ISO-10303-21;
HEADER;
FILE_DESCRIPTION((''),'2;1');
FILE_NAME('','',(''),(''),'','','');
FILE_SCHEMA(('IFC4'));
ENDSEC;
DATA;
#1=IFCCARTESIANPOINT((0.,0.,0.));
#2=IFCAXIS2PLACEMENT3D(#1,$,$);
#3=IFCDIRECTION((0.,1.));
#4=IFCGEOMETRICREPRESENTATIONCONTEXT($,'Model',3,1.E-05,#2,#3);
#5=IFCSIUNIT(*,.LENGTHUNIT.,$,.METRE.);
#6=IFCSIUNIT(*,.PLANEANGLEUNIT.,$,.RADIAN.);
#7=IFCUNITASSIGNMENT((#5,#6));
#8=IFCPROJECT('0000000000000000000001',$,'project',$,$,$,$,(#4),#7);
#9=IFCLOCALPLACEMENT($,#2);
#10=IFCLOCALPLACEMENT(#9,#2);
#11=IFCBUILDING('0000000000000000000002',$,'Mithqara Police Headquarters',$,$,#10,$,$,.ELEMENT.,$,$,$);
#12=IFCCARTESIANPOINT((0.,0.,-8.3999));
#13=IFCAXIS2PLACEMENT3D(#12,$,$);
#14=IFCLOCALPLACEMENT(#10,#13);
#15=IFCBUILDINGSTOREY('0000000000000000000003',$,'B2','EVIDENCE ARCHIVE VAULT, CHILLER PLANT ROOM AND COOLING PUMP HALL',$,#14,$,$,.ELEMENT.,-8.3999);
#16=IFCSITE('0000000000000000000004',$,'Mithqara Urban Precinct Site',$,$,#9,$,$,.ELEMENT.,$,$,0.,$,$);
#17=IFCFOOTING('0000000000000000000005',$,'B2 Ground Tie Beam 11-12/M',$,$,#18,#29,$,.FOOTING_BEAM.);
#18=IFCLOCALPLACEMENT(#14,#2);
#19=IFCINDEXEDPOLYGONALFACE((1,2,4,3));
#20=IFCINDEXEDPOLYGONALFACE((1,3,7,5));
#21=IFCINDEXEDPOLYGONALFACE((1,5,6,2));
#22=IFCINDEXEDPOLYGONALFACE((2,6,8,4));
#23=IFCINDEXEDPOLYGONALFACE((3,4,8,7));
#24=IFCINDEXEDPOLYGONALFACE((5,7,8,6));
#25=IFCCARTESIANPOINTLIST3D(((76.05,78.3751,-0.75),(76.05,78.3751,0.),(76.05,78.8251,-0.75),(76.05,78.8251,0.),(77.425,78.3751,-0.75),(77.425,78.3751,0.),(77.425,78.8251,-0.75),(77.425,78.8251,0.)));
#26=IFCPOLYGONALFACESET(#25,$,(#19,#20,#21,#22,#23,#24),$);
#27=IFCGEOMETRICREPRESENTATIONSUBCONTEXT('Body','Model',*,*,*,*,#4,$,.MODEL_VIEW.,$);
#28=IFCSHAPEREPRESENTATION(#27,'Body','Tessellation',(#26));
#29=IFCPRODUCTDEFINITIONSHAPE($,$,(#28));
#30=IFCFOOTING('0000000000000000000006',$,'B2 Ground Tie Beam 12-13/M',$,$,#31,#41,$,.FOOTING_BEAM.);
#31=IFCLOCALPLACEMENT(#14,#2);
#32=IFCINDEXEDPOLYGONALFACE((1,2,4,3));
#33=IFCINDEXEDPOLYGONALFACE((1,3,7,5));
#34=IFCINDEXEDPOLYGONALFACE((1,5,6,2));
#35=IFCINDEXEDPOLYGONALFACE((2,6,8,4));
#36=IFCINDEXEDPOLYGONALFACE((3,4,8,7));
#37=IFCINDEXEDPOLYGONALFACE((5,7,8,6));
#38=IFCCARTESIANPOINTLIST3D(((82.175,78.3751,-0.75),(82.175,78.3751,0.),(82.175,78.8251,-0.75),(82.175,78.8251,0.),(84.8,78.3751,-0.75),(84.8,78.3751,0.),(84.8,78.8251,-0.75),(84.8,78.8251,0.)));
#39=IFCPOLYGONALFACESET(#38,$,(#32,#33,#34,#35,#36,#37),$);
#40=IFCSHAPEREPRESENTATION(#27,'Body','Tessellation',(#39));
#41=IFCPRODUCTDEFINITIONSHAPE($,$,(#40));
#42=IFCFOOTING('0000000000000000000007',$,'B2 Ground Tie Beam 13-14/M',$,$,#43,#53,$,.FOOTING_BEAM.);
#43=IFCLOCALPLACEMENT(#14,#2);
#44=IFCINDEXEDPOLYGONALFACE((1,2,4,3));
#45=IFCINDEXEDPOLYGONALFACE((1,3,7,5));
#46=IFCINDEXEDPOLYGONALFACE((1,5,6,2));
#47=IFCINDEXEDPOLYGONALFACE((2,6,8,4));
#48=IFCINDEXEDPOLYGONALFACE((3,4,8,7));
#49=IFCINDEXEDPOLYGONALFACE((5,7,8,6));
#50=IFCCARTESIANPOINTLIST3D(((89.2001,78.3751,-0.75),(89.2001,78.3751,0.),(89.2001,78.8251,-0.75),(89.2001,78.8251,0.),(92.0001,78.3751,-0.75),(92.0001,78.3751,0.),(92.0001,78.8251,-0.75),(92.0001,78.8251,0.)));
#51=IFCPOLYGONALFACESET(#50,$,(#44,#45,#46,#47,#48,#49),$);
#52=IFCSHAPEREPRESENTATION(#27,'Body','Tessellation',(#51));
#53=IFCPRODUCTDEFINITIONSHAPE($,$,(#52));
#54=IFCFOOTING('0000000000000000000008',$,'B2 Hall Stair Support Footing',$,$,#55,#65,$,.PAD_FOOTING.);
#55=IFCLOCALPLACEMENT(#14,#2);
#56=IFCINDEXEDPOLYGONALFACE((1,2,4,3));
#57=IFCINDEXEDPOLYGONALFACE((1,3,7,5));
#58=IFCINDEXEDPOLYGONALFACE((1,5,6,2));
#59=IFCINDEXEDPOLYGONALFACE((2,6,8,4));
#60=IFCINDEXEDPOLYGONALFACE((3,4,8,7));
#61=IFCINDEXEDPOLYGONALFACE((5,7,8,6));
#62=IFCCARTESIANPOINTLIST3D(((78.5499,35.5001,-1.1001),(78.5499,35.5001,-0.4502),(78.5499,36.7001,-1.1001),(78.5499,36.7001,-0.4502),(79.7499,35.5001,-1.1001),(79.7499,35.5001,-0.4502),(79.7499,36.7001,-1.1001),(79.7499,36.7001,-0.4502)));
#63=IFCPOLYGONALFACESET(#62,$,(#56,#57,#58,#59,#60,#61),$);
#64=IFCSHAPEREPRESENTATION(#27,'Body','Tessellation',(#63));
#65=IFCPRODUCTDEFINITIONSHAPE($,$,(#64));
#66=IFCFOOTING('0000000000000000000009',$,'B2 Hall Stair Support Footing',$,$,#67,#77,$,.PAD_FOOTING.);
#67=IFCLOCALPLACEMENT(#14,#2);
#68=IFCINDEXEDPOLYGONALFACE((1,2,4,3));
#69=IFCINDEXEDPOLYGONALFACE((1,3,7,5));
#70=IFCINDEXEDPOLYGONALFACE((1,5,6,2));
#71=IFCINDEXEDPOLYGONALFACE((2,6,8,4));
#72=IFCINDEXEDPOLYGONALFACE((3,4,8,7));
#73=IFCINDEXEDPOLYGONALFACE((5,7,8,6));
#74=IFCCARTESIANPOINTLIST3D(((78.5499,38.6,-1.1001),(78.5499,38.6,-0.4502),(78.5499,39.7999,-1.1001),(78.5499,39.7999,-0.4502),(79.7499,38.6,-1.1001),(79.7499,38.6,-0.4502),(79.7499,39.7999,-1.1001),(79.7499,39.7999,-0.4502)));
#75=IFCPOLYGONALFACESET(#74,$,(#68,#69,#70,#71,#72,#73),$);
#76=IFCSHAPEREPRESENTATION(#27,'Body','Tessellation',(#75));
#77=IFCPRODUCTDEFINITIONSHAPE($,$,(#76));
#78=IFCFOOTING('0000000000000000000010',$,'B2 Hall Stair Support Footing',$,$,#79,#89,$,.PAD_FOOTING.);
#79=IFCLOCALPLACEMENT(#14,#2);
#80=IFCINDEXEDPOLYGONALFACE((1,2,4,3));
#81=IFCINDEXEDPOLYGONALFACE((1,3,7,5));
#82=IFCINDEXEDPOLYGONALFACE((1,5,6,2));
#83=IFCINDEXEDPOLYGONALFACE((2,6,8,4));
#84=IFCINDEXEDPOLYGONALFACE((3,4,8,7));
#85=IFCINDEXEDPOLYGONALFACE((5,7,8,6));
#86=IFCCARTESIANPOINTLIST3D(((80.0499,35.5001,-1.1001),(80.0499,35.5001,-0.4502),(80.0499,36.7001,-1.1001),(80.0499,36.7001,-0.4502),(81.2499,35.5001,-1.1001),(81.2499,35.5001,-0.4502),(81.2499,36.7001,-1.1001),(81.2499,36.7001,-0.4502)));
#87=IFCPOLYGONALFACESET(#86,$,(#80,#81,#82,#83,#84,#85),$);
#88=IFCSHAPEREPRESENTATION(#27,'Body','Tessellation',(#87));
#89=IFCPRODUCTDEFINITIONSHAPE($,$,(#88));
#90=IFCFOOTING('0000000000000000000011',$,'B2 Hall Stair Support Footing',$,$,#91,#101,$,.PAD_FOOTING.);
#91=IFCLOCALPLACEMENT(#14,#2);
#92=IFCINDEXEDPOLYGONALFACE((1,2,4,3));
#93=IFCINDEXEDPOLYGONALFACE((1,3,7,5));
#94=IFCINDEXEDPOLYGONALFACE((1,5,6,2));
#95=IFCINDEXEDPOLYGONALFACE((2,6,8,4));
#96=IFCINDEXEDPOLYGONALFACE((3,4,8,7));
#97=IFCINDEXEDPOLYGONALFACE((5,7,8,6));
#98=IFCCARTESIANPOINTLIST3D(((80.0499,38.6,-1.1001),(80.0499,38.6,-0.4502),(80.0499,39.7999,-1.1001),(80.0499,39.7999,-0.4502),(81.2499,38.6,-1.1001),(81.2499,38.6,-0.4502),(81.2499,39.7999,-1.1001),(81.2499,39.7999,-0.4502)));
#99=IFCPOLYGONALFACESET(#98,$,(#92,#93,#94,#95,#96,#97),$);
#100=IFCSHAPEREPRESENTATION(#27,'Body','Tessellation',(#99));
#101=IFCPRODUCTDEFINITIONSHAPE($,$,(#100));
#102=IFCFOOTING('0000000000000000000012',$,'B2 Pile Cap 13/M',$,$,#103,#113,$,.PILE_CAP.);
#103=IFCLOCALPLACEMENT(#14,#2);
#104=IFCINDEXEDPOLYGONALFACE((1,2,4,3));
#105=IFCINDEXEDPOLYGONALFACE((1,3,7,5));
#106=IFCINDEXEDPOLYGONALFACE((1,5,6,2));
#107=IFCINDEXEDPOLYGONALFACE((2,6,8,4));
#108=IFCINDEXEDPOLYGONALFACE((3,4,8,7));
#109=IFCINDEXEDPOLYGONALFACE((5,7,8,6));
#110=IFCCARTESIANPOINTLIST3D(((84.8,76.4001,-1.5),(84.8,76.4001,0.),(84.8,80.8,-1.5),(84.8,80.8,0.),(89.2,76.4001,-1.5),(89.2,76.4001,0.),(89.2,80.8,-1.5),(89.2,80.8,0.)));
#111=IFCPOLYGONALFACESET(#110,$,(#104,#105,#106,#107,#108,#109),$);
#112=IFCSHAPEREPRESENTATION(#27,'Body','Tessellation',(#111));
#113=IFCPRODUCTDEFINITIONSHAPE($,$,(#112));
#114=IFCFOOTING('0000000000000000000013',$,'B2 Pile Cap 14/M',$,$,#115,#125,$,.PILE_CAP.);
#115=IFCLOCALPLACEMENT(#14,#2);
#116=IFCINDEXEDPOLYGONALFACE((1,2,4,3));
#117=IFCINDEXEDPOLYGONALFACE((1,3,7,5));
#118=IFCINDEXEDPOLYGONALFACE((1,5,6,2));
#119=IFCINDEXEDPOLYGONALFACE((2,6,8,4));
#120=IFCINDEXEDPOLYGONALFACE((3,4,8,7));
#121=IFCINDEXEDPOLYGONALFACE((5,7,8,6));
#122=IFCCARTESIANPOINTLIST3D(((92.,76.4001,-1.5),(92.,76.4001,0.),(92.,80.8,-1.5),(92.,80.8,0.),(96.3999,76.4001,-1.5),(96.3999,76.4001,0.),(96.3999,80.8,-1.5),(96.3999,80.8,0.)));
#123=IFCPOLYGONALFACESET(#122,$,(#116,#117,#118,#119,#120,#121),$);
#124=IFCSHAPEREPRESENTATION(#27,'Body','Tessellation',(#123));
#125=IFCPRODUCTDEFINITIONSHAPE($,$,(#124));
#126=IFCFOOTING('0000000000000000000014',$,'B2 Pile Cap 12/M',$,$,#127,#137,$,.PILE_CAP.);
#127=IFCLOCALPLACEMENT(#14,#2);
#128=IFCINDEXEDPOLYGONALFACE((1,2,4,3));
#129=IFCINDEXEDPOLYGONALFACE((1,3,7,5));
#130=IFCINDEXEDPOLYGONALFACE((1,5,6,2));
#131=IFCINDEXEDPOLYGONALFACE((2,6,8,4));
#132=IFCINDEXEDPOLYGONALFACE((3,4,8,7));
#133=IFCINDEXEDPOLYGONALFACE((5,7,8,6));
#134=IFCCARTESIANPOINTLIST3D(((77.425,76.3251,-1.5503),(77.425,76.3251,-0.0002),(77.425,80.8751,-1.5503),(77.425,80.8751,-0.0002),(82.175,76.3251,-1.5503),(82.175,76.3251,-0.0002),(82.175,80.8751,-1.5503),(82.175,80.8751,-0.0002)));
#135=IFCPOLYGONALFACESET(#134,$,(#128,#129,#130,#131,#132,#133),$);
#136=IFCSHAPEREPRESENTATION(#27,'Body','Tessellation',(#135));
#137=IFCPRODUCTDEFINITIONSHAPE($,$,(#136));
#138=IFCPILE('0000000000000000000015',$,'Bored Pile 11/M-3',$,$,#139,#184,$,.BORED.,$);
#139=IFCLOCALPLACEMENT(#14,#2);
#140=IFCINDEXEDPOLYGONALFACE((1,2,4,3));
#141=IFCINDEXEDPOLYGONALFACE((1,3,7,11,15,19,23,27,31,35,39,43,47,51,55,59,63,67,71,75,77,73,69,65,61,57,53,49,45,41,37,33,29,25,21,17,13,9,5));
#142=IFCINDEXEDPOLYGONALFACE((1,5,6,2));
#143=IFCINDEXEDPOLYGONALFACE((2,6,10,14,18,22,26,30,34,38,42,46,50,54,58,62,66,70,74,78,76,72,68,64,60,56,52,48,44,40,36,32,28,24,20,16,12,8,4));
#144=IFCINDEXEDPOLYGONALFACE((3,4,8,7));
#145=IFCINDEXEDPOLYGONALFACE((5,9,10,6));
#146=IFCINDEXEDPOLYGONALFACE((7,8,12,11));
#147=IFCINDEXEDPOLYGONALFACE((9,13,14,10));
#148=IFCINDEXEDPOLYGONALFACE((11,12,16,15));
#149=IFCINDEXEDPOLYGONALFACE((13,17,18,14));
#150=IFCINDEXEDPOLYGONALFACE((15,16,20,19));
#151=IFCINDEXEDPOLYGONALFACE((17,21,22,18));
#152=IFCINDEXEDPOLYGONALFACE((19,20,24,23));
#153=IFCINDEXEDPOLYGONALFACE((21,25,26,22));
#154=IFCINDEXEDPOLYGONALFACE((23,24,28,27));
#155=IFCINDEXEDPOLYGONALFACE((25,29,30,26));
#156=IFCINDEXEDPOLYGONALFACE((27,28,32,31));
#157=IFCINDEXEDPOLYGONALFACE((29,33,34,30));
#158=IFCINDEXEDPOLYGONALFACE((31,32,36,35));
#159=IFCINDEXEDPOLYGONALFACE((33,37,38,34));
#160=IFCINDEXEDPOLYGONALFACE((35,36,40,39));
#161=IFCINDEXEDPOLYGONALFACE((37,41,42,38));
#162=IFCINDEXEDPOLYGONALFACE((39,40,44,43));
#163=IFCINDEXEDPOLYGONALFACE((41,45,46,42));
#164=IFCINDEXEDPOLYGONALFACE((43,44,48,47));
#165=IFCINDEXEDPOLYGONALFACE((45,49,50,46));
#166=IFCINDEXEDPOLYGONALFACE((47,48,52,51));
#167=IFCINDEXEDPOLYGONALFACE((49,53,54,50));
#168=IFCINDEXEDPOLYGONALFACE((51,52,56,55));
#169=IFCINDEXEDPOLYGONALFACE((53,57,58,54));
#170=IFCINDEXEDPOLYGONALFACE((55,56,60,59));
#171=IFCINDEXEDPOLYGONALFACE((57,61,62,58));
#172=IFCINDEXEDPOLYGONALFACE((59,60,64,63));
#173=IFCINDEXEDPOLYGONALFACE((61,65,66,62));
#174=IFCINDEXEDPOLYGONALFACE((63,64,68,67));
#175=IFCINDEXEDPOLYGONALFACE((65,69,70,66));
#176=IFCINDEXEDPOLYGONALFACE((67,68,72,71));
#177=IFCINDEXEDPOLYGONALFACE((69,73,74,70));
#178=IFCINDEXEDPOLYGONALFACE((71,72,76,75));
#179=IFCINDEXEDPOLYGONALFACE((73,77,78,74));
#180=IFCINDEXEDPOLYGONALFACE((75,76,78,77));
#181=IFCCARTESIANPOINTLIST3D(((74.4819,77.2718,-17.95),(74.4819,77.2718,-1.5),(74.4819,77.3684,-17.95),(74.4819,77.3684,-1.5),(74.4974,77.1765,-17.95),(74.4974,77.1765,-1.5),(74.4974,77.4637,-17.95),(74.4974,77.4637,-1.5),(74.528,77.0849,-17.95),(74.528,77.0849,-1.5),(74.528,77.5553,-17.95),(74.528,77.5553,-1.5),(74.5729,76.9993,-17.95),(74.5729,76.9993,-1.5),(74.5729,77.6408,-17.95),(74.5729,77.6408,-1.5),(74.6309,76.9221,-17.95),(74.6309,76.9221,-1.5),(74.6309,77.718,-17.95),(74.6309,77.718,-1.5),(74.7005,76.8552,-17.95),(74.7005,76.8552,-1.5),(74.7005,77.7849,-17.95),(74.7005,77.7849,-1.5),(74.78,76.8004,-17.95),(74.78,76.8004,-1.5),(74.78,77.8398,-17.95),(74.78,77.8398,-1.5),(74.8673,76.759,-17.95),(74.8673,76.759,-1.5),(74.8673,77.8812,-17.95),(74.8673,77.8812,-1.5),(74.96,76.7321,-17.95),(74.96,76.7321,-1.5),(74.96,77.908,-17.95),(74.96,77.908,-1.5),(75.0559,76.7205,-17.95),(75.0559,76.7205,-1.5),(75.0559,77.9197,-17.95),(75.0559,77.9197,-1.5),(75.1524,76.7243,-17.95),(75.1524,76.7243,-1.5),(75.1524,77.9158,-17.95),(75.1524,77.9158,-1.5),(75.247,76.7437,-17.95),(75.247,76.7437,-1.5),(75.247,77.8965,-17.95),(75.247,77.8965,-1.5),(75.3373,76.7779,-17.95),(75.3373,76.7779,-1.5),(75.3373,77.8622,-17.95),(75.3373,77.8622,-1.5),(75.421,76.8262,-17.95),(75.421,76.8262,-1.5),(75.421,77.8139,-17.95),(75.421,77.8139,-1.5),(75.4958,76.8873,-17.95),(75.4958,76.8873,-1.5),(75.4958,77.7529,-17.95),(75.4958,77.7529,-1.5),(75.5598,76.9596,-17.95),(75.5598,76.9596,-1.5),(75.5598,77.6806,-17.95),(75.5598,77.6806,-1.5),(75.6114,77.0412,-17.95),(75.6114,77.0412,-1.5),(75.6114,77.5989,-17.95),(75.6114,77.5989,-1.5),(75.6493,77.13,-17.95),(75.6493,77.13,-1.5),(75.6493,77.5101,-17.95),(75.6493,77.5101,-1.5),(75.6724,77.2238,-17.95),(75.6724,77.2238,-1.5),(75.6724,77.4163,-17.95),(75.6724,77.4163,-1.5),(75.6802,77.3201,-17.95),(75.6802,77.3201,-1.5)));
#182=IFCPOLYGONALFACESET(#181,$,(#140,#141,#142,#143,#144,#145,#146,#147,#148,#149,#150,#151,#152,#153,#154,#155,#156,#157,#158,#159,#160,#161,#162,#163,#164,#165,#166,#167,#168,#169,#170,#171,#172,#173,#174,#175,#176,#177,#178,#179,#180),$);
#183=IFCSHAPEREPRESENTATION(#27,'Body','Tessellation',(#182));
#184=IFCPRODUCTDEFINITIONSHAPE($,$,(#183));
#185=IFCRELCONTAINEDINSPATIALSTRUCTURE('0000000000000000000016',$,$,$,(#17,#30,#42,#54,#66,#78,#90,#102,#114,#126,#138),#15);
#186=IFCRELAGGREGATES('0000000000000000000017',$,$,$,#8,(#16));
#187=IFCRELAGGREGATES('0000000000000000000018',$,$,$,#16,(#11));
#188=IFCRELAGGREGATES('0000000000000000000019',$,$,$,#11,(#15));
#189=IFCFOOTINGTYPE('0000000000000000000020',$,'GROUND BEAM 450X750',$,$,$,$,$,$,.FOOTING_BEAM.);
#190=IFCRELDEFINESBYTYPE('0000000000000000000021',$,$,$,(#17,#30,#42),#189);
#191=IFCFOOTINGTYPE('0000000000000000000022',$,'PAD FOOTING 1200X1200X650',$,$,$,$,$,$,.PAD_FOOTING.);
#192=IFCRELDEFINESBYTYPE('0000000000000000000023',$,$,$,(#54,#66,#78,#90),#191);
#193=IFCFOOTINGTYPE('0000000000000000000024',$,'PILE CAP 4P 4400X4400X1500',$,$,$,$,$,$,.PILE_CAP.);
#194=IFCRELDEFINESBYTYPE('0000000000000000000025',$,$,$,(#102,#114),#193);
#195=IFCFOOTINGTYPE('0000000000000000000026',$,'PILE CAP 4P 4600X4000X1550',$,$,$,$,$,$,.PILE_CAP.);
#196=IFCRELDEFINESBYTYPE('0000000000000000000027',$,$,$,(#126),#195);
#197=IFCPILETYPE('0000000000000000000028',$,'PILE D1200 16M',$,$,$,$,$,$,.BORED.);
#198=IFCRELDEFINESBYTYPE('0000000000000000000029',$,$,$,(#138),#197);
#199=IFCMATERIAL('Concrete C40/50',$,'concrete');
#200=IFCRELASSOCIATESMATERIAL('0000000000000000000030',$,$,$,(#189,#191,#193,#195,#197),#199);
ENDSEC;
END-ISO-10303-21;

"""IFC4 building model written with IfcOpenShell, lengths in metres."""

from ifc_helpers import new_model, si_unit, direction, frame, origin, origin_2d, place, context, subcontext, project, spatial, rectangle, circle, extrude, material, material_profile, profile_set, type_object, element, save


model = new_model("IFC4")

# Units and contexts
model_context = context("Model", 3, precision=1e-05, world=origin(), true_north=direction((0.0, 1.0)))
body_context = subcontext(model_context, "Body", "Model", "MODEL_VIEW")
ifc_project = project(units=[si_unit("LENGTHUNIT", "METRE"), si_unit("PLANEANGLEUNIT", "RADIAN")], contexts=[model_context])

# Site, building, storey
site_placement = place(None, origin())
site = spatial("IfcSite", under=ifc_project, at=site_placement, Name="Mithqara Urban Precinct Site", CompositionType="ELEMENT", RefElevation=0.0)
building_placement = place(site_placement, origin())
building = spatial("IfcBuilding", under=site, at=building_placement, Name="Mithqara Police Headquarters", CompositionType="ELEMENT")
storey_placement = place(building_placement, frame((0.0, 0.0, -8.3999)))
storey = spatial("IfcBuildingStorey", under=building, at=storey_placement, Name="B2", Description="EVIDENCE ARCHIVE VAULT, CHILLER PLANT ROOM AND COOLING PUMP HALL", CompositionType="ELEMENT", Elevation=-8.3999)

# Footings
ifc_material_1 = material(Name="Concrete C40/50", Category="concrete")
footing_type_1 = type_object("IfcFootingType", Name="GROUND BEAM 450X750", PredefinedType="FOOTING_BEAM", material=ifc_material_1)
footing_1_placement = place(storey_placement, frame((76.7375, 78.6001, -0.75), z_axis=(0.0, 0.0, 1.0), x_axis=(1.0, 0.0, 0.0)))
element("IfcFooting", 1, at=footing_1_placement, inside=storey, type_object=footing_type_1, Name="B2 Ground Tie Beam 11-12/M", PredefinedType="FOOTING_BEAM", context=body_context, shape_type="SweptSolid", body=[
    extrude(rectangle(XDim=1.375, YDim=0.45, at=origin_2d()), origin(), (0.0, 0.0, 1.0), 0.75),
])
footing_2_placement = place(storey_placement, frame((83.4875, 78.6001, -0.75), z_axis=(0.0, 0.0, 1.0), x_axis=(1.0, 0.0, 0.0)))
element("IfcFooting", 2, at=footing_2_placement, inside=storey, type_object=footing_type_1, Name="B2 Ground Tie Beam 12-13/M", PredefinedType="FOOTING_BEAM", context=body_context, shape_type="SweptSolid", body=[
    extrude(rectangle(XDim=2.625, YDim=0.45, at=origin_2d()), origin(), (0.0, 0.0, 1.0), 0.75),
])
footing_3_placement = place(storey_placement, frame((90.6001, 78.6001, -0.75), z_axis=(0.0, 0.0, 1.0), x_axis=(1.0, 0.0, 0.0)))
element("IfcFooting", 3, at=footing_3_placement, inside=storey, type_object=footing_type_1, Name="B2 Ground Tie Beam 13-14/M", PredefinedType="FOOTING_BEAM", context=body_context, shape_type="SweptSolid", body=[
    extrude(rectangle(XDim=2.8, YDim=0.45, at=origin_2d()), origin(), (0.0, 0.0, 1.0), 0.75),
])
footing_type_2 = type_object("IfcFootingType", Name="PAD FOOTING 1200X1200X650", PredefinedType="PAD_FOOTING", material=ifc_material_1)
for number, where, z_axis, x_axis, name in (
    (4, (79.1499, 36.1001, -1.1001), (0.0, 0.0, 1.0), (1.0, 0.0, 0.0), "B2 Hall Stair Support Footing"),
    (5, (79.1499, 39.2, -1.1001), (0.0, 0.0, 1.0), (1.0, 0.0, 0.0), "B2 Hall Stair Support Footing"),
    (6, (80.6499, 36.1001, -1.1001), (0.0, 0.0, 1.0), (1.0, 0.0, 0.0), "B2 Hall Stair Support Footing"),
    (7, (80.6499, 39.2, -1.1001), (0.0, 0.0, 1.0), (1.0, 0.0, 0.0), "B2 Hall Stair Support Footing"),
):
    element("IfcFooting", number, at=place(storey_placement, frame(where, z_axis=z_axis, x_axis=x_axis)), inside=storey, type_object=footing_type_2, Name=name, PredefinedType="PAD_FOOTING", context=body_context, shape_type="SweptSolid", body=[
        extrude(rectangle(XDim=1.2, YDim=1.2, at=origin_2d()), origin(), (0.0, 0.0, 1.0), 0.6499),
    ])
footing_type_3 = type_object("IfcFootingType", Name="PILE CAP 4P 4400X4400X1500", PredefinedType="PILE_CAP", material=ifc_material_1)
for number, where, z_axis, x_axis, name in (
    (8, (87.0, 78.6001, -1.5), (0.0, 0.0, 1.0), (1.0, 0.0, 0.0), "B2 Pile Cap 13/M"),
    (9, (94.2, 78.6001, -1.5), (0.0, 0.0, 1.0), (1.0, 0.0, 0.0), "B2 Pile Cap 14/M"),
):
    element("IfcFooting", number, at=place(storey_placement, frame(where, z_axis=z_axis, x_axis=x_axis)), inside=storey, type_object=footing_type_3, Name=name, PredefinedType="PILE_CAP", context=body_context, shape_type="SweptSolid", body=[
        extrude(rectangle(XDim=4.3999, YDim=4.3999, at=origin_2d()), origin(), (0.0, 0.0, 1.0), 1.5),
    ])
footing_type_4 = type_object("IfcFootingType", Name="PILE CAP 4P 4600X4000X1550", PredefinedType="PILE_CAP", material=ifc_material_1)
footing_4_placement = place(storey_placement, frame((79.8, 78.6001, -1.5503), z_axis=(0.0, 0.0, 1.0), x_axis=(1.0, 0.0, 0.0)))
element("IfcFooting", 10, at=footing_4_placement, inside=storey, type_object=footing_type_4, Name="B2 Pile Cap 12/M", PredefinedType="PILE_CAP", context=body_context, shape_type="SweptSolid", body=[
    extrude(rectangle(XDim=4.75, YDim=4.55, at=origin_2d()), origin(), (0.0, 0.0, 1.0), 1.55),
])

# Pile
ifc_material_profile_1 = material_profile(ifc_material_1, circle(Radius=0.6001, at=origin_2d()), Name="PILE D1200")
ifc_profile_set_1 = profile_set([ifc_material_profile_1], Name="Concrete C40/50")
pile_type_1 = type_object("IfcPileType", Name="PILE D1200 16M", PredefinedType="BORED", material=ifc_profile_set_1)
for number, where, z_axis, x_axis, name in (
    (11, (75.0801, 77.3201, -1.5), (0.0, 0.0, -1.0), (1.0, 0.0, 0.0), "Bored Pile 11/M-3"),
):
    element("IfcPile", number, at=place(storey_placement, frame(where, z_axis=z_axis, x_axis=x_axis)), inside=storey, type_object=pile_type_1, Name=name, PredefinedType="BORED", context=body_context, shape_type="SweptSolid", body=[
        extrude(circle(Radius=0.6001, at=origin_2d()), origin(), (0.0, 0.0, 1.0), 16.45),
    ])

save(model, "model.ifc")
